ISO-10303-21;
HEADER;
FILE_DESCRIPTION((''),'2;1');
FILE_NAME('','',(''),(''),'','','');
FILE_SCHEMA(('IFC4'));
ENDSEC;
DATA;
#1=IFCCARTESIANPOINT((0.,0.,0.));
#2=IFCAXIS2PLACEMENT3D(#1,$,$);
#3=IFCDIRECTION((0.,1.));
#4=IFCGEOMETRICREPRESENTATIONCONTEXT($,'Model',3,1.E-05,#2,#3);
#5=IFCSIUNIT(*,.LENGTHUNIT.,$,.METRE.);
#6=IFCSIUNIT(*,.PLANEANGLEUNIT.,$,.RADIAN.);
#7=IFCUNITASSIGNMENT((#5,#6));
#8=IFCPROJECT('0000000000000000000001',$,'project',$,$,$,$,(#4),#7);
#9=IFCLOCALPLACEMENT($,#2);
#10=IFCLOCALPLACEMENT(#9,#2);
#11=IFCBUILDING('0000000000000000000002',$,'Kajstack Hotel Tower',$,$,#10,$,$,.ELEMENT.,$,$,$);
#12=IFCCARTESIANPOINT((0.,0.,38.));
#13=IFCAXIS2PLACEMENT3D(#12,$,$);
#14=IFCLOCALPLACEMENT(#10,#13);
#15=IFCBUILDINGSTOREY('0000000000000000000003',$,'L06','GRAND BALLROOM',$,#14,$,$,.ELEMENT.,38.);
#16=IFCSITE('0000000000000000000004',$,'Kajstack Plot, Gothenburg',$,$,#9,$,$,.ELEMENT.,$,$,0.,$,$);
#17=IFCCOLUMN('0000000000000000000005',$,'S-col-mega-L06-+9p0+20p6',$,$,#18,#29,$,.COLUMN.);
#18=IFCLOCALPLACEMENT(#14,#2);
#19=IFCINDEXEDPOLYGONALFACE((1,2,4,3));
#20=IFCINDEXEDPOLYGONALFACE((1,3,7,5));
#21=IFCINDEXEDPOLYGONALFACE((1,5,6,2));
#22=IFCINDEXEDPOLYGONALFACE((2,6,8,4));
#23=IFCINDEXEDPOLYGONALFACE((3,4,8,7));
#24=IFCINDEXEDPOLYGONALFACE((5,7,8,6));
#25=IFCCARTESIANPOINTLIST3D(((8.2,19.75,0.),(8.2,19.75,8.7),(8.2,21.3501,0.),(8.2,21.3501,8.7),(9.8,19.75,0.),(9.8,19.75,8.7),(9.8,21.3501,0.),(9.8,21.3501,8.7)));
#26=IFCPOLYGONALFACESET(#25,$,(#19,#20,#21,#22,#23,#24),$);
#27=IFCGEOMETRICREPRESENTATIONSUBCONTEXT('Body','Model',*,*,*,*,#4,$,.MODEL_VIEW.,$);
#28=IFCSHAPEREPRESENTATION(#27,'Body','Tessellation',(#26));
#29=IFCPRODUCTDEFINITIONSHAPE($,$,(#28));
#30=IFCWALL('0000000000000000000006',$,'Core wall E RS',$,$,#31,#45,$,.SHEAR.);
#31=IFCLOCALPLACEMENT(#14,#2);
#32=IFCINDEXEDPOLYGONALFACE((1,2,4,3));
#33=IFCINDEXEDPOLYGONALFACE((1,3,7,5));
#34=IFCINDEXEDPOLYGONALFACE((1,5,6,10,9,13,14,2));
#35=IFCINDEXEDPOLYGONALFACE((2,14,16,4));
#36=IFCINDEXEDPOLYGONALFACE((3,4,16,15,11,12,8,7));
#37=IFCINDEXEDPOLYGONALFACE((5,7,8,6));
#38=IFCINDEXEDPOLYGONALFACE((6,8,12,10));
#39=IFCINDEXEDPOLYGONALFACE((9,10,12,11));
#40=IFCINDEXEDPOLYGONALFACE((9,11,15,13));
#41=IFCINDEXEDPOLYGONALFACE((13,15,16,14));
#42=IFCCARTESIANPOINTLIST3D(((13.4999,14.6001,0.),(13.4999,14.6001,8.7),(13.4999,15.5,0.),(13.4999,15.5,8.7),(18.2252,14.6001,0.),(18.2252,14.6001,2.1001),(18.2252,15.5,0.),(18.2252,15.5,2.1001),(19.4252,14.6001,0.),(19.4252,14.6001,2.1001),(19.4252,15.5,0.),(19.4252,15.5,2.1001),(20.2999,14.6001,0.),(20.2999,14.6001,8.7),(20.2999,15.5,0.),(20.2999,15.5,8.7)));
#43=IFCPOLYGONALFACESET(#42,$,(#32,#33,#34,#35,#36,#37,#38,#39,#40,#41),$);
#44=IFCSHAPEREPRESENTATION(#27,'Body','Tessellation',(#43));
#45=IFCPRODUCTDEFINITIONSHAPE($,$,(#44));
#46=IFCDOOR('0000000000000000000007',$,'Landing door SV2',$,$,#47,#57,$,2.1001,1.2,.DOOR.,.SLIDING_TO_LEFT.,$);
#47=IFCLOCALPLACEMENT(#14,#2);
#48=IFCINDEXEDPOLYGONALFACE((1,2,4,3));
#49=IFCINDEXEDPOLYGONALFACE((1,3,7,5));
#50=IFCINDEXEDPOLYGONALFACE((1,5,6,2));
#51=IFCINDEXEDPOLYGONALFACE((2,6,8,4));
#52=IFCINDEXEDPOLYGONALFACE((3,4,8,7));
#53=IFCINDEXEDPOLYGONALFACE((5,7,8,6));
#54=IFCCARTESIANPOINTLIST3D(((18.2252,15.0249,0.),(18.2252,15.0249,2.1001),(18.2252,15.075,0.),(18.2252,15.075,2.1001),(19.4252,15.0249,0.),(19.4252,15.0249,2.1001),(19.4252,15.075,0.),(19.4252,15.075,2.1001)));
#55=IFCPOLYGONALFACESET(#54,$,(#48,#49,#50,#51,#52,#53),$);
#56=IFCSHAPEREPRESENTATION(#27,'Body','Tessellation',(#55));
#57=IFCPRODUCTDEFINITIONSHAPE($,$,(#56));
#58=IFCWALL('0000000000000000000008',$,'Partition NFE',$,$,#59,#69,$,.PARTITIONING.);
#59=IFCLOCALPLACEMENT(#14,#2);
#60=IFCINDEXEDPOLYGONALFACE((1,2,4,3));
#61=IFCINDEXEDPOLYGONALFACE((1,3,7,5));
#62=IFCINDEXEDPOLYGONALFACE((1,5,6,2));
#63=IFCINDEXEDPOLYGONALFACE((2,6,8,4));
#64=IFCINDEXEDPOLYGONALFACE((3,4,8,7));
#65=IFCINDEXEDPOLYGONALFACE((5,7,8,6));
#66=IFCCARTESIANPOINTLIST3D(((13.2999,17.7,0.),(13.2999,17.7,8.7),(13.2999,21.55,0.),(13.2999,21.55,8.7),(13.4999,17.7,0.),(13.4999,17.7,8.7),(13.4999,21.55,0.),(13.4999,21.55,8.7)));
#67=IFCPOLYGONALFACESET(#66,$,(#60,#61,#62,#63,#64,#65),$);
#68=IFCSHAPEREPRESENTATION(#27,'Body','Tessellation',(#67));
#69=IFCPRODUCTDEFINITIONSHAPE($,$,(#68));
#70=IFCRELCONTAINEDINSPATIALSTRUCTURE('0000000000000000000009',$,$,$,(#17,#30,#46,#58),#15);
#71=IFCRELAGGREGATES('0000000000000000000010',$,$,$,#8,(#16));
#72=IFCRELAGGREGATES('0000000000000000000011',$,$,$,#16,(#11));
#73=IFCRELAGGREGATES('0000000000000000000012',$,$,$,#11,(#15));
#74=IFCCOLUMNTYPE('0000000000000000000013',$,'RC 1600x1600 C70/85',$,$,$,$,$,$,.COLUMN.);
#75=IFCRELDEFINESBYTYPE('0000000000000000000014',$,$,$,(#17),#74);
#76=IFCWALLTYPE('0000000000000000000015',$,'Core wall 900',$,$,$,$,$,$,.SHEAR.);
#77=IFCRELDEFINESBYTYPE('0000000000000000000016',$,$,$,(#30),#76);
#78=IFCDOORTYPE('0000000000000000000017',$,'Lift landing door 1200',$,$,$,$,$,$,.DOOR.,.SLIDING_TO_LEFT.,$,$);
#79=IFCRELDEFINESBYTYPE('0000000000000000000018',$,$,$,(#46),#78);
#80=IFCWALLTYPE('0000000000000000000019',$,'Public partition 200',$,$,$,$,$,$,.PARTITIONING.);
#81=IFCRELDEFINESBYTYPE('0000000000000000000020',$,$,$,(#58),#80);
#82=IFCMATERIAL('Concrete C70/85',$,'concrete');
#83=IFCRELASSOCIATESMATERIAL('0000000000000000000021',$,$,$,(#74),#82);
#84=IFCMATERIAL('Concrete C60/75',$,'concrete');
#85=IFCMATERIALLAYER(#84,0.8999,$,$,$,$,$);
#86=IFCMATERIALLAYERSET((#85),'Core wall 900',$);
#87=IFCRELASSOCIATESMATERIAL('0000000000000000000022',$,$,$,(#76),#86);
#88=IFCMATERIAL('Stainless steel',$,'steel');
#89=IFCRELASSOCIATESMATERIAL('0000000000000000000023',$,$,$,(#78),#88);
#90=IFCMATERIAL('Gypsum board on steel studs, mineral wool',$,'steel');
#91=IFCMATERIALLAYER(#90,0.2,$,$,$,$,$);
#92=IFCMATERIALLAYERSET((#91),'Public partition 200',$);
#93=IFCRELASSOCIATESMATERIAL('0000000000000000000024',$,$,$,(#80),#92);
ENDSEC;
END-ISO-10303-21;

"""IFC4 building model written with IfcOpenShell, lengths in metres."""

from ifc_helpers import new_model, si_unit, direction, frame, frame_2d, origin, origin_2d, place, context, subcontext, project, spatial, rectangle, extrude, material, layer, layer_set, material_profile, profile_set, type_object, element, fill, save


model = new_model("IFC4")

# Units and contexts
model_context = context("Model", 3, precision=1e-05, world=origin(), true_north=direction((0.0, 1.0)))
body_context = subcontext(model_context, "Body", "Model", "MODEL_VIEW")
ifc_project = project(units=[si_unit("LENGTHUNIT", "METRE"), si_unit("PLANEANGLEUNIT", "RADIAN")], contexts=[model_context])

# Site, building, storey
site_placement = place(None, origin())
site = spatial("IfcSite", under=ifc_project, at=site_placement, Name="Kajstack Plot, Gothenburg", CompositionType="ELEMENT", RefElevation=0.0)
building_placement = place(site_placement, origin())
building = spatial("IfcBuilding", under=site, at=building_placement, Name="Kajstack Hotel Tower", CompositionType="ELEMENT")
storey_placement = place(building_placement, frame((0.0, 0.0, 38.0)))
storey = spatial("IfcBuildingStorey", under=building, at=storey_placement, Name="L06", Description="GRAND BALLROOM", CompositionType="ELEMENT", Elevation=38.0)

# Column
ifc_material_1 = material(Name="Concrete C70/85", Category="concrete")
ifc_material_profile = material_profile(ifc_material_1, rectangle(XDim=1.6001, YDim=1.6001, at=origin_2d()), Name="RC 1600x1600")
ifc_profile_set = profile_set([ifc_material_profile], Name="Concrete C70/85")
column_type = type_object("IfcColumnType", Name="RC 1600x1600 C70/85", PredefinedType="COLUMN", material=ifc_profile_set)
column_placement = place(storey_placement, frame((9.0, 20.55, 0.0), z_axis=(0.0, 0.0, 1.0), x_axis=(1.0, 0.0, 0.0)))
element("IfcColumn", 1, at=column_placement, inside=storey, type_object=column_type, Name="S-col-mega-L06-+9p0+20p6", PredefinedType="COLUMN", context=body_context, shape_type="SweptSolid", body=[
    extrude(rectangle(XDim=1.6001, YDim=1.6001, at=origin_2d()), origin(), (0.0, 0.0, 1.0), 8.7),
])

# Wall, opening, door
ifc_material_2 = material(Name="Concrete C60/75", Category="concrete")
ifc_layer_1 = layer(ifc_material_2, 0.8999)
ifc_layer_set_1 = layer_set([ifc_layer_1], Name="Core wall 900")
wall_type_1 = type_object("IfcWallType", Name="Core wall 900", PredefinedType="SHEAR", material=ifc_layer_set_1)
wall_1_placement = place(storey_placement, frame((13.5, 15.05, 0.0), z_axis=(0.0, 0.0, 1.0), x_axis=(1.0, 0.0, 0.0)))
wall_1 = element("IfcWall", 2, at=wall_1_placement, inside=storey, type_object=wall_type_1, Name="Core wall E RS", PredefinedType="SHEAR", context=body_context, shape_type="SweptSolid", body=[
    extrude(rectangle(XDim=6.8, YDim=0.8999, at=frame_2d((3.3999, 0.0))), origin(), (0.0, 0.0, 1.0), 8.7),
])
opening_1_placement = place(wall_1_placement, frame((4.7251, 0.0, 0.0)))
opening_1 = element("IfcOpeningElement", 3, at=opening_1_placement, cuts=wall_1, PredefinedType="OPENING", context=body_context, shape_type="SweptSolid", body=[
    extrude(rectangle(XDim=1.2, YDim=2.1001, at=frame_2d((0.6001, 1.05))), frame((0.0, 0.46, 0.0), z_axis=(0.0, -1.0, 0.0), x_axis=(1.0, 0.0, 0.0)), (0.0, 0.0, 1.0), 0.9199),
])
ifc_material_3 = material(Name="Stainless steel", Category="steel")
door_type = type_object("IfcDoorType", Name="Lift landing door 1200", OperationType="SLIDING_TO_LEFT", PredefinedType="DOOR", material=ifc_material_3)
door_placement = place(opening_1_placement, origin())
door = element("IfcDoor", 4, at=door_placement, inside=storey, type_object=door_type, Name="Landing door SV2", OperationType="SLIDING_TO_LEFT", OverallHeight=2.1001, OverallWidth=1.2, PredefinedType="DOOR", context=body_context, shape_type="SweptSolid", body=[
    extrude(rectangle(XDim=1.2, YDim=2.1001, at=frame_2d((0.6001, 1.05))), frame((0.0, 0.0249, 0.0), z_axis=(0.0, -1.0, 0.0), x_axis=(1.0, 0.0, 0.0)), (0.0, 0.0, 1.0), 0.05),
])
fill(opening_1, door)

# Wall
ifc_material_4 = material(Name="Gypsum board on steel studs, mineral wool", Category="steel")
ifc_layer_2 = layer(ifc_material_4, 0.2)
ifc_layer_set_2 = layer_set([ifc_layer_2], Name="Public partition 200")
wall_type_2 = type_object("IfcWallType", Name="Public partition 200", PredefinedType="PARTITIONING", material=ifc_layer_set_2)
wall_2_placement = place(storey_placement, frame((13.3999, 17.7, 0.0), z_axis=(0.0, 0.0, 1.0), x_axis=(0.0, 1.0, 0.0)))
element("IfcWall", 5, at=wall_2_placement, inside=storey, type_object=wall_type_2, Name="Partition NFE", PredefinedType="PARTITIONING", context=body_context, shape_type="SweptSolid", body=[
    extrude(rectangle(XDim=3.8501, YDim=0.2, at=frame_2d((1.925, 0.0))), origin(), (0.0, 0.0, 1.0), 8.7),
])

save(model, "model.ifc")
